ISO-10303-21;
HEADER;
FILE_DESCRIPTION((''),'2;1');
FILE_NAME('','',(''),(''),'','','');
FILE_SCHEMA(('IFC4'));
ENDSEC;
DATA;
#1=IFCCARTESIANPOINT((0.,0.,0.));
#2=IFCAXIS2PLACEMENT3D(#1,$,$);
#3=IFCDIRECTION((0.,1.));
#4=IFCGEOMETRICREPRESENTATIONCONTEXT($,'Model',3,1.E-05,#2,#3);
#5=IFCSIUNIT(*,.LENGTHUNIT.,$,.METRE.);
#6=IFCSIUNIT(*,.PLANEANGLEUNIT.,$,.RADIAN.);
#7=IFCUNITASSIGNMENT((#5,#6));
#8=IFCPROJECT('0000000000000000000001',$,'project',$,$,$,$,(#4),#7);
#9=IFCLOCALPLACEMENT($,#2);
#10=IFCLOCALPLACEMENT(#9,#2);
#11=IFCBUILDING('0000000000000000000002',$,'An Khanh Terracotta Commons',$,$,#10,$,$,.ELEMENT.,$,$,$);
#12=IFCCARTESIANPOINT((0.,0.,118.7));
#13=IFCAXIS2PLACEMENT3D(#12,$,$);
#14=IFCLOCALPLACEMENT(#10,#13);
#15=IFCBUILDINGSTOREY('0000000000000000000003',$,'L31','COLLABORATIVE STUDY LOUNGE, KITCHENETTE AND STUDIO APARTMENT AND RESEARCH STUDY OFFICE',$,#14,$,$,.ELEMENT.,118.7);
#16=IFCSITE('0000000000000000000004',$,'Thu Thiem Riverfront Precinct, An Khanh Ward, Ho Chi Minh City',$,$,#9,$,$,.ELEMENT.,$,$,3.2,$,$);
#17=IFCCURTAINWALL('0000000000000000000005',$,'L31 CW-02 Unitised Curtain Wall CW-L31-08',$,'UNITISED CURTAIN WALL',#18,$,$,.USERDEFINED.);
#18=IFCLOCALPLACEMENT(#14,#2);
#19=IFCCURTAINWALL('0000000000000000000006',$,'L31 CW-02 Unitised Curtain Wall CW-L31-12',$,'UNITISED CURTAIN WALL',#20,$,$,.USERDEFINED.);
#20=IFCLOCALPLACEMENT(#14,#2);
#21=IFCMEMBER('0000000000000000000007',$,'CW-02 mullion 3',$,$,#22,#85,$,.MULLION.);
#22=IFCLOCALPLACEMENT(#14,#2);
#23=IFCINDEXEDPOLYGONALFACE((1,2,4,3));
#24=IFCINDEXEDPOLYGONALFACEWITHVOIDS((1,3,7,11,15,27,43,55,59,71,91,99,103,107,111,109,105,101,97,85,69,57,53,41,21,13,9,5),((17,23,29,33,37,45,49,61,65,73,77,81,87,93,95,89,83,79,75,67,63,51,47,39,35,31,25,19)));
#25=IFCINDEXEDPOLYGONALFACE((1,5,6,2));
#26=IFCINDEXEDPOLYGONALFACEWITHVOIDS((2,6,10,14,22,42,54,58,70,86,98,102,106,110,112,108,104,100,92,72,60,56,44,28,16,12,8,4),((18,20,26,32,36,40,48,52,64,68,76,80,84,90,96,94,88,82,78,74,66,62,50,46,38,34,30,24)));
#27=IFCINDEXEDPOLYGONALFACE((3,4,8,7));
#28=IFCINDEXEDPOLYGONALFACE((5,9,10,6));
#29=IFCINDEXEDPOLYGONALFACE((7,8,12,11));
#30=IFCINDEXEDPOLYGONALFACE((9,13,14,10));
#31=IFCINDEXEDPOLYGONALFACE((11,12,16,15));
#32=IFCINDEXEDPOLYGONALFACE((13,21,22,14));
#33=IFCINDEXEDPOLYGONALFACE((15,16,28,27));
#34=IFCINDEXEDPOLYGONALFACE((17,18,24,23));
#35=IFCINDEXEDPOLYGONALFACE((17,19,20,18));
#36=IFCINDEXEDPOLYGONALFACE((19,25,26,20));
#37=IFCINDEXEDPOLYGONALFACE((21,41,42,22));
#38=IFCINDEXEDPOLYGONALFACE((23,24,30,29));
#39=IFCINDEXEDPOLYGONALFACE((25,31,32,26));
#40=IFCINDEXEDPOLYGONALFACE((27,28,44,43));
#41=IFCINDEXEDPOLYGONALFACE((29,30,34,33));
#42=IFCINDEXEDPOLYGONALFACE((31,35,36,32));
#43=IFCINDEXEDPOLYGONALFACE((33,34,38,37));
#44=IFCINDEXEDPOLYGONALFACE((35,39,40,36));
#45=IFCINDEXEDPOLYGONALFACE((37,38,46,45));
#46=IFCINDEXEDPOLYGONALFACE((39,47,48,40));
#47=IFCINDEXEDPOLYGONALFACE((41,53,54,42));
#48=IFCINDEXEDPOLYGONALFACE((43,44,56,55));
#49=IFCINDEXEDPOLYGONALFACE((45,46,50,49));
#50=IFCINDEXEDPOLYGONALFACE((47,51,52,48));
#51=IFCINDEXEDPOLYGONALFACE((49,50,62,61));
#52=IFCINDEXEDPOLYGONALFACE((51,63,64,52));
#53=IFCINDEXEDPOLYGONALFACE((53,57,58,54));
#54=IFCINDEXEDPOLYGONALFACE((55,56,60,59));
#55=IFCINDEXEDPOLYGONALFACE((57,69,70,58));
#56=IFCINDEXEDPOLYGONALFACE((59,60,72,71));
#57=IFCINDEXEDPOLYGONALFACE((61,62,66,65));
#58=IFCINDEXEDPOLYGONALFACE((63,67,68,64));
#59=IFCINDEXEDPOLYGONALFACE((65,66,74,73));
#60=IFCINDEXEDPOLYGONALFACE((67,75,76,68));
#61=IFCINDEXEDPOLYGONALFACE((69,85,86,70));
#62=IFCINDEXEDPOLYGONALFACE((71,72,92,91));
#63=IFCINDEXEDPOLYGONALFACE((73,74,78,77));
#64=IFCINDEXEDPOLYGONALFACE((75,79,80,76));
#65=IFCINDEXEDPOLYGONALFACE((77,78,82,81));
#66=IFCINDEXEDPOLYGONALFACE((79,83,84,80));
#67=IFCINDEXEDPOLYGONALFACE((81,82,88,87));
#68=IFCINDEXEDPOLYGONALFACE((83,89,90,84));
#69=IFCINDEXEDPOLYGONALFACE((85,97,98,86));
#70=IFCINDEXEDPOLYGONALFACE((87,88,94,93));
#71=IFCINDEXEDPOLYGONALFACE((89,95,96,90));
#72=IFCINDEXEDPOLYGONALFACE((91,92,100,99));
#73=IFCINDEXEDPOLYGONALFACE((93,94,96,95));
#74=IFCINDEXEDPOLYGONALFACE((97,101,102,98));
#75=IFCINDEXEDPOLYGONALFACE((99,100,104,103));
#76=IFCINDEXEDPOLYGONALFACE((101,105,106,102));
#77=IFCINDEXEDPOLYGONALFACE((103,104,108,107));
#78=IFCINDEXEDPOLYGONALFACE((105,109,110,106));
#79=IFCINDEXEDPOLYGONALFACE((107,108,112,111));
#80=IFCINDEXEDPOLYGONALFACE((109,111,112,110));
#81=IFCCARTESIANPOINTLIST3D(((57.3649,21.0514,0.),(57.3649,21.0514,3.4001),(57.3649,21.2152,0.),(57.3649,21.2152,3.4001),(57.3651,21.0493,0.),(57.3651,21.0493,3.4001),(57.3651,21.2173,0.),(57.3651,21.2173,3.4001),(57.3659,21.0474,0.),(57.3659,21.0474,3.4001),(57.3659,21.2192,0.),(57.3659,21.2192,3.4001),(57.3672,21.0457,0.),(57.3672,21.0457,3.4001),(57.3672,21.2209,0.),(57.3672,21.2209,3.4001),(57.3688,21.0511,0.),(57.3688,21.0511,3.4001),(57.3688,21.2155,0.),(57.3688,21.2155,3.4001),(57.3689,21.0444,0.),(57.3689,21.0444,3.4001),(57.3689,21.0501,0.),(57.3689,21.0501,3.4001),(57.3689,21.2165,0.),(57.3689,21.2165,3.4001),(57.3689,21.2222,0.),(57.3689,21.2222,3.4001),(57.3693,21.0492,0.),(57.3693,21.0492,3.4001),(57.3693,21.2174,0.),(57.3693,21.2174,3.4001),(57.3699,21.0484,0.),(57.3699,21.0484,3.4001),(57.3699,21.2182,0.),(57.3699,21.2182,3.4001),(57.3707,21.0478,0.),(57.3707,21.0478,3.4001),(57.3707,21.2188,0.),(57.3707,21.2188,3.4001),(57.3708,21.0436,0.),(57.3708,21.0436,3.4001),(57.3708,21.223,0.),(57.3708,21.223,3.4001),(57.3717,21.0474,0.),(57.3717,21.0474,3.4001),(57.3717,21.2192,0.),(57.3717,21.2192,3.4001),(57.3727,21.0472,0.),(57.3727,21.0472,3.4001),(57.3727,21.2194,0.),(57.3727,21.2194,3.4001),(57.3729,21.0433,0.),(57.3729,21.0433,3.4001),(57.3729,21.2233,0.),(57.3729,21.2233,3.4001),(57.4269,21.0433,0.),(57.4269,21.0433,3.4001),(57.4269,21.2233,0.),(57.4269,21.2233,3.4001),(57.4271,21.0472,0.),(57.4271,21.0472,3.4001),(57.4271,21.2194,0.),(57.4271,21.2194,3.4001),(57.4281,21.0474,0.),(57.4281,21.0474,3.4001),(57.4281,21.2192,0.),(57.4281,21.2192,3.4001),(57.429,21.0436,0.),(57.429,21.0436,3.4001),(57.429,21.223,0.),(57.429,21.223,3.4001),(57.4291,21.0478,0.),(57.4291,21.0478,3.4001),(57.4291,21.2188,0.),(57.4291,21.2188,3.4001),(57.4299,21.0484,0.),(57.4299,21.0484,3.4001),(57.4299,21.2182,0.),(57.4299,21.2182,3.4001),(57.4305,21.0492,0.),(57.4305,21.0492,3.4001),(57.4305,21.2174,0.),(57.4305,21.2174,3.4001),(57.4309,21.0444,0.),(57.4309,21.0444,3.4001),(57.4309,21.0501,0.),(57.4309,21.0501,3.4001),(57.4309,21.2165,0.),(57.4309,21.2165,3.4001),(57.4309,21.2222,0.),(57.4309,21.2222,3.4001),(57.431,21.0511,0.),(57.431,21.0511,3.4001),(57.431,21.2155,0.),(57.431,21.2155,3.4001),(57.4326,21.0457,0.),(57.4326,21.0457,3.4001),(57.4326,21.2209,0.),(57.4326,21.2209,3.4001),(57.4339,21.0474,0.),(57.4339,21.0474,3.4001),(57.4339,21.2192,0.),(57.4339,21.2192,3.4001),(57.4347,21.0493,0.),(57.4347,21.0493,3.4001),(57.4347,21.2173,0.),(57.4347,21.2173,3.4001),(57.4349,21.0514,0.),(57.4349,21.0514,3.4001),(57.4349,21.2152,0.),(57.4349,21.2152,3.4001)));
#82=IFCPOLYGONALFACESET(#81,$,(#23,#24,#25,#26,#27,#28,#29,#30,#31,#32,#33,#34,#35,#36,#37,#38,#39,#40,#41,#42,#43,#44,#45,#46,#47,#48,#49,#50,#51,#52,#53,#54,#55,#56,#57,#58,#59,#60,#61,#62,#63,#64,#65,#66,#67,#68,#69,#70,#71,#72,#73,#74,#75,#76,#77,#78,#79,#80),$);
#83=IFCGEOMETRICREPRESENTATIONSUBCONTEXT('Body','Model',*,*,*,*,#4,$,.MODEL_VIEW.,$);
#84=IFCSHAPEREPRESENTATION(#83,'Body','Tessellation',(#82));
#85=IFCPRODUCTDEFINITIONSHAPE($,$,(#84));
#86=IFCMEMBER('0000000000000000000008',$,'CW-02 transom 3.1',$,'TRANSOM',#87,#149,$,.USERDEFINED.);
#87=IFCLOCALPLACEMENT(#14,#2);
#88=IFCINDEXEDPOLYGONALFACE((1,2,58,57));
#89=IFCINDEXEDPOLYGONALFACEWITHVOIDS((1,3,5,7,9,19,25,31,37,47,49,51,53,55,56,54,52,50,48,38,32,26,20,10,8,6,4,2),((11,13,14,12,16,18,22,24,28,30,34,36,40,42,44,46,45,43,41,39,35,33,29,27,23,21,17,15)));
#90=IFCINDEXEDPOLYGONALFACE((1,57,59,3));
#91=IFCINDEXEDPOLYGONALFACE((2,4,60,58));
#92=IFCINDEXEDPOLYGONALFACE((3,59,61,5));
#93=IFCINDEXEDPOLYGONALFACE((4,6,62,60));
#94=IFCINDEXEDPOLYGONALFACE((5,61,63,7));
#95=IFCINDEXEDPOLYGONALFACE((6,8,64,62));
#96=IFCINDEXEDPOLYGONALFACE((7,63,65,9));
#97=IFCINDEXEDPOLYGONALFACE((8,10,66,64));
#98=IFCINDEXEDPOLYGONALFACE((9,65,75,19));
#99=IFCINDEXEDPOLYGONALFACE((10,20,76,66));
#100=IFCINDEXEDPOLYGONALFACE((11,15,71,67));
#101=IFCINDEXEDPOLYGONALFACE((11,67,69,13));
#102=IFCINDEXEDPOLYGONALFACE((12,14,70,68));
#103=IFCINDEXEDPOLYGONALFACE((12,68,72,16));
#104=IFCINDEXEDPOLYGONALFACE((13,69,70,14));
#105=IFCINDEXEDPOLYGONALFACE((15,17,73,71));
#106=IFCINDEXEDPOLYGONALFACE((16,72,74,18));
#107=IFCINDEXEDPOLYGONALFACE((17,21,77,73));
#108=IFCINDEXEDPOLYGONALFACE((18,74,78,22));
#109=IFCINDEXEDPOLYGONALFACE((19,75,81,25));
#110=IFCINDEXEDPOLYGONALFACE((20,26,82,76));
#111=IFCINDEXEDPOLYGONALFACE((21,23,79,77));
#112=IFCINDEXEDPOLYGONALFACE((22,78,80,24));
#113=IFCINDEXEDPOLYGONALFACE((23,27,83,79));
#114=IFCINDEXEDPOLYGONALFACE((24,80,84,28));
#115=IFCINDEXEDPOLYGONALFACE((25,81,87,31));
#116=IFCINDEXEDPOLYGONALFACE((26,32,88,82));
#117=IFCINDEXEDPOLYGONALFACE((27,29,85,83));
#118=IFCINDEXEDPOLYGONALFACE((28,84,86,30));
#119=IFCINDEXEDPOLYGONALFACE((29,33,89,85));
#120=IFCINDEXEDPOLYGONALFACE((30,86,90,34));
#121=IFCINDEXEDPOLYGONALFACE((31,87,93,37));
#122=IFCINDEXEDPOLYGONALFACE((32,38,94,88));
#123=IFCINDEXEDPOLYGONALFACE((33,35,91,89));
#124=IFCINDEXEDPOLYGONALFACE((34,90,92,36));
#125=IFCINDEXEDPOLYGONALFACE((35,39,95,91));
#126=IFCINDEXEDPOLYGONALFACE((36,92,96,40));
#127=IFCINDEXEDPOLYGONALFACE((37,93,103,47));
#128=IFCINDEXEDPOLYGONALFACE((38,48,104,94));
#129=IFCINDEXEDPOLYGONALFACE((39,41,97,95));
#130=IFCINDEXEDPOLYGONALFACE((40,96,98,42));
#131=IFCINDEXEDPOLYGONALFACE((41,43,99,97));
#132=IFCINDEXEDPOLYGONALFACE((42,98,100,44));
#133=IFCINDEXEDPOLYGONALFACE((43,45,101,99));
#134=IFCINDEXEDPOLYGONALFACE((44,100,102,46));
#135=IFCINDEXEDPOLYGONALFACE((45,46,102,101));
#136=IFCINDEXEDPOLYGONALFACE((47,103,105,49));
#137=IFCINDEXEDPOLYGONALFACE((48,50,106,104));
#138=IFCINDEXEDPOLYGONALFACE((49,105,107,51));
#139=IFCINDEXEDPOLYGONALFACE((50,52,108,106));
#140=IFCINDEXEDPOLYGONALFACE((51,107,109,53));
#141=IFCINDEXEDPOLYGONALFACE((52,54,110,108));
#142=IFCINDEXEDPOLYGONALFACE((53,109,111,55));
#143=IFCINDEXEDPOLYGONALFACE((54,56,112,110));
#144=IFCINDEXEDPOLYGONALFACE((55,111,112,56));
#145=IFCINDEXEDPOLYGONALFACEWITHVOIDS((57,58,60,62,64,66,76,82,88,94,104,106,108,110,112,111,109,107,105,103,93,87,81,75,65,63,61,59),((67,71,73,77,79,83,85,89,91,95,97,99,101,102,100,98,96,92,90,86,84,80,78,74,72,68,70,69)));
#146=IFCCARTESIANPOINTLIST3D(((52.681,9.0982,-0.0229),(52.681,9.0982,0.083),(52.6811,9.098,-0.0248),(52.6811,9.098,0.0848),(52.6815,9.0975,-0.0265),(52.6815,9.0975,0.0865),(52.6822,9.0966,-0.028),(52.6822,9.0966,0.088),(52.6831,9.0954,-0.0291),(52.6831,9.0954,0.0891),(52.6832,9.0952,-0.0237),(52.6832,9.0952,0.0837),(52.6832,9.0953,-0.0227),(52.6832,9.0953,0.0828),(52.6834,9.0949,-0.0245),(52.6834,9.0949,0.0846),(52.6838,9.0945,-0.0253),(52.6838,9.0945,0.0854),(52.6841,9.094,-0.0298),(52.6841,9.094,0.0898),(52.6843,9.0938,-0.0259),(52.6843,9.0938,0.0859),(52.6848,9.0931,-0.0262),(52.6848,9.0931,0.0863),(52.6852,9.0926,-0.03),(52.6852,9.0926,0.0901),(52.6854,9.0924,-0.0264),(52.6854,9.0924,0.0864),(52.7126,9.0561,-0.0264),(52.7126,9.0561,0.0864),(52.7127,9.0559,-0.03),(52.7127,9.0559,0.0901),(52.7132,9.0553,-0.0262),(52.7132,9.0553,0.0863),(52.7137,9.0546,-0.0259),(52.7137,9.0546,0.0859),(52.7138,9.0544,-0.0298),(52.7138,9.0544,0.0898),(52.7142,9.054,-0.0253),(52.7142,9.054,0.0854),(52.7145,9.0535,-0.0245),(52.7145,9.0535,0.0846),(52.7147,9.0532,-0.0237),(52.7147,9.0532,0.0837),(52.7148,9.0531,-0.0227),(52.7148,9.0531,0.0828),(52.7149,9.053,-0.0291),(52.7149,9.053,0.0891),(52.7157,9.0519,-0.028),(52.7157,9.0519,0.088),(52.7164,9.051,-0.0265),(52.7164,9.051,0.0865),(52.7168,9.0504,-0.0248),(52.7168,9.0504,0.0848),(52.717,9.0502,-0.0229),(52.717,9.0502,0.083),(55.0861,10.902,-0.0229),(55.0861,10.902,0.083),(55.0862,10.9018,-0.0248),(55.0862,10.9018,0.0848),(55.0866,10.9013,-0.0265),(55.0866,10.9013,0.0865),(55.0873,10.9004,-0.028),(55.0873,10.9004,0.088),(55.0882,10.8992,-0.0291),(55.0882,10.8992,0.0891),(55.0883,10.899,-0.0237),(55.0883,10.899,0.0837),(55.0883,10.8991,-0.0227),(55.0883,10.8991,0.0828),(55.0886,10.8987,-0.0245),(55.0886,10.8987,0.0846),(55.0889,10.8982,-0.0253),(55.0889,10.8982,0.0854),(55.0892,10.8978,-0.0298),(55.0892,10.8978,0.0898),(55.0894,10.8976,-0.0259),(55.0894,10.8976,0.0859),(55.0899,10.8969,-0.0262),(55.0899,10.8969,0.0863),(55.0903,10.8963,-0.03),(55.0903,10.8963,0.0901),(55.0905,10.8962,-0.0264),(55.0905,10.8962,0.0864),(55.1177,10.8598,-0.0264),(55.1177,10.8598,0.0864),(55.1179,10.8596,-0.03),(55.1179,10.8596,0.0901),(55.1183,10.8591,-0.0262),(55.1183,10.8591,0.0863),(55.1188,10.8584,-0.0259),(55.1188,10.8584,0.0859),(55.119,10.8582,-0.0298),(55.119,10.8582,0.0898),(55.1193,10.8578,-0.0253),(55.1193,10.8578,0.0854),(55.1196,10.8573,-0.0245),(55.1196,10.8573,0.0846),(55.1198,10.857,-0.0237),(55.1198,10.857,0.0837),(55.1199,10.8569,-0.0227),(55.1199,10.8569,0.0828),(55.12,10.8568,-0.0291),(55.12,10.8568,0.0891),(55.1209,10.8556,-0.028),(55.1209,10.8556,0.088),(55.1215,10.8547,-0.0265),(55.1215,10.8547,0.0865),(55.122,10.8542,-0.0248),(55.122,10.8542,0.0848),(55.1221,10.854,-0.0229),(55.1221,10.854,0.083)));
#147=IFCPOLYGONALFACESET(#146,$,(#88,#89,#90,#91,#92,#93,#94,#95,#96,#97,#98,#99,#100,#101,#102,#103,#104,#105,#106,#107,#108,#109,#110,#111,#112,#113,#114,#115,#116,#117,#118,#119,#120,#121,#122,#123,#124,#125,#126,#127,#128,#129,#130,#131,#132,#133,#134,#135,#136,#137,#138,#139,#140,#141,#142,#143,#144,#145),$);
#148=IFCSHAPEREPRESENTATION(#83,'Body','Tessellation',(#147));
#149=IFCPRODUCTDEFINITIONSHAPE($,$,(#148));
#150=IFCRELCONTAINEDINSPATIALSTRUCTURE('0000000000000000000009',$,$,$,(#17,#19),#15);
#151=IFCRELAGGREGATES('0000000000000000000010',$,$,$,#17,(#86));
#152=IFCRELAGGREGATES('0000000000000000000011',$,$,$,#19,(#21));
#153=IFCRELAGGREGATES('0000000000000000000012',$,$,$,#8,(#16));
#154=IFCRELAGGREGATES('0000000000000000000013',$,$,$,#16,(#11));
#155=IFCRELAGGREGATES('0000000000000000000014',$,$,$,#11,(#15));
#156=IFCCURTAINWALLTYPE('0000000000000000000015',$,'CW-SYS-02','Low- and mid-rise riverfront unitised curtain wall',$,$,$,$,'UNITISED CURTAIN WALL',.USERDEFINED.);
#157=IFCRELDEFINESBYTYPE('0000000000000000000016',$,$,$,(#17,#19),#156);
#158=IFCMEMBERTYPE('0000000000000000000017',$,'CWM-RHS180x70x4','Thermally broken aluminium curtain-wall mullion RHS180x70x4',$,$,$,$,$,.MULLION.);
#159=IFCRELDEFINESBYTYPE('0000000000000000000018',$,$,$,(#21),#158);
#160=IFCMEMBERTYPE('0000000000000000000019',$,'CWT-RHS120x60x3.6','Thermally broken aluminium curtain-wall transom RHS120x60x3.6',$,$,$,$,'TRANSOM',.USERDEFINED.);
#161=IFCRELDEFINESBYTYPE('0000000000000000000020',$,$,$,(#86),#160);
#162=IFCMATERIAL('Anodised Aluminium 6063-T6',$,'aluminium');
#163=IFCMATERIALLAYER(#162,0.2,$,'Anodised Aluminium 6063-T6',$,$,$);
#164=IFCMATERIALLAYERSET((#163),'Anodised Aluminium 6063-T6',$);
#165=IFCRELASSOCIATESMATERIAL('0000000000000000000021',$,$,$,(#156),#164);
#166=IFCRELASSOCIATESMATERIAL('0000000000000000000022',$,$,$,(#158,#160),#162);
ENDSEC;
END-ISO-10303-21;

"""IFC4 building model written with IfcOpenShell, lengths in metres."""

from ifc_helpers import new_model, si_unit, direction, frame, origin, origin_2d, place, context, subcontext, project, spatial, hollow_rectangle, extrude, material, layer, layer_set, material_profile, profile_set, type_object, element, aggregate, save


model = new_model("IFC4")

# Units and contexts
model_context = context("Model", 3, precision=1e-05, world=origin(), true_north=direction((0.0, 1.0)))
body_context = subcontext(model_context, "Body", "Model", "MODEL_VIEW")
ifc_project = project(units=[si_unit("LENGTHUNIT", "METRE"), si_unit("PLANEANGLEUNIT", "RADIAN")], contexts=[model_context])

# Site, building, storey
site_placement = place(None, origin())
site = spatial("IfcSite", under=ifc_project, at=site_placement, Name="Thu Thiem Riverfront Precinct, An Khanh Ward, Ho Chi Minh City", CompositionType="ELEMENT", RefElevation=3.2)
building_placement = place(site_placement, origin())
building = spatial("IfcBuilding", under=site, at=building_placement, Name="An Khanh Terracotta Commons", CompositionType="ELEMENT")
storey_placement = place(building_placement, frame((0.0, 0.0, 118.7)))
storey = spatial("IfcBuildingStorey", under=building, at=storey_placement, Name="L31", Description="COLLABORATIVE STUDY LOUNGE, KITCHENETTE AND STUDIO APARTMENT AND RESEARCH STUDY OFFICE", CompositionType="ELEMENT", Elevation=118.7)

# Curtain walls, member
ifc_material_1 = material(Name="Anodised Aluminium 6063-T6", Category="aluminium")
ifc_layer_1 = layer(ifc_material_1, 0.2, Name="Anodised Aluminium 6063-T6")
ifc_layer_set_1 = layer_set([ifc_layer_1], Name="Anodised Aluminium 6063-T6")
curtain_wall_type = type_object("IfcCurtainWallType", Name="CW-SYS-02", Description="Low- and mid-rise riverfront unitised curtain wall", ElementType="UNITISED CURTAIN WALL", PredefinedType="USERDEFINED", material=ifc_layer_set_1)
curtain_wall_1_placement = place(storey_placement, origin())
curtain_wall_1 = element("IfcCurtainWall", 1, at=curtain_wall_1_placement, inside=storey, type_object=curtain_wall_type, Name="L31 CW-02 Unitised Curtain Wall CW-L31-08", ObjectType="UNITISED CURTAIN WALL", PredefinedType="USERDEFINED")
ifc_material_profile_1 = material_profile(ifc_material_1, hollow_rectangle(XDim=0.0701, YDim=0.1799, WallThickness=0.0039, InnerFilletRadius=0.0039, OuterFilletRadius=0.0081, at=origin_2d()), Name="RHS180x70x4")
ifc_profile_set_1 = profile_set([ifc_material_profile_1], Name="Anodised Aluminium 6063-T6")
member_type_1 = type_object("IfcMemberType", Name="CWM-RHS180x70x4", Description="Thermally broken aluminium curtain-wall mullion RHS180x70x4", PredefinedType="MULLION", material=ifc_profile_set_1)
curtain_wall_2_placement = place(storey_placement, origin())
curtain_wall_2 = element("IfcCurtainWall", 2, at=curtain_wall_2_placement, inside=storey, type_object=curtain_wall_type, Name="L31 CW-02 Unitised Curtain Wall CW-L31-12", ObjectType="UNITISED CURTAIN WALL", PredefinedType="USERDEFINED")
member_1_placement = place(storey_placement, frame((57.3999, 21.1333, 0.0), z_axis=(0.0, 0.0, 1.0), x_axis=(-1.0, 0.0, 0.0)))
member_1 = element("IfcMember", 3, at=member_1_placement, type_object=member_type_1, Name="CW-02 mullion 3", PredefinedType="MULLION", context=body_context, shape_type="SweptSolid", body=[
    extrude(hollow_rectangle(XDim=0.0701, YDim=0.1799, WallThickness=0.0039, InnerFilletRadius=0.0039, OuterFilletRadius=0.0081, at=origin_2d()), origin(), (0.0, 0.0, 1.0), 3.4001),
])

# Member
ifc_material_profile_2 = material_profile(ifc_material_1, hollow_rectangle(XDim=0.0601, YDim=0.1201, WallThickness=0.0037, InnerFilletRadius=0.0037, OuterFilletRadius=0.0071, at=origin_2d()), Name="RHS120x60x3.6")
ifc_profile_set_2 = profile_set([ifc_material_profile_2], Name="Anodised Aluminium 6063-T6")
member_type_2 = type_object("IfcMemberType", Name="CWT-RHS120x60x3.6", Description="Thermally broken aluminium curtain-wall transom RHS120x60x3.6", ElementType="TRANSOM", PredefinedType="USERDEFINED", material=ifc_profile_set_2)
member_2_placement = place(storey_placement, frame((52.699, 9.0742, 0.03), z_axis=(0.80001, 0.599987, 0.0), x_axis=(-0.599987, 0.80001, 0.0)))
member_2 = element("IfcMember", 4, at=member_2_placement, type_object=member_type_2, Name="CW-02 transom 3.1", ObjectType="TRANSOM", PredefinedType="USERDEFINED", context=body_context, shape_type="SweptSolid", body=[
    extrude(hollow_rectangle(XDim=0.0601, YDim=0.1201, WallThickness=0.0037, InnerFilletRadius=0.0037, OuterFilletRadius=0.0071, at=origin_2d()), origin(), (0.0, 0.0, 1.0), 3.0063),
])

aggregate(curtain_wall_1, [member_2])
aggregate(curtain_wall_2, [member_1])

save(model, "model.ifc")
